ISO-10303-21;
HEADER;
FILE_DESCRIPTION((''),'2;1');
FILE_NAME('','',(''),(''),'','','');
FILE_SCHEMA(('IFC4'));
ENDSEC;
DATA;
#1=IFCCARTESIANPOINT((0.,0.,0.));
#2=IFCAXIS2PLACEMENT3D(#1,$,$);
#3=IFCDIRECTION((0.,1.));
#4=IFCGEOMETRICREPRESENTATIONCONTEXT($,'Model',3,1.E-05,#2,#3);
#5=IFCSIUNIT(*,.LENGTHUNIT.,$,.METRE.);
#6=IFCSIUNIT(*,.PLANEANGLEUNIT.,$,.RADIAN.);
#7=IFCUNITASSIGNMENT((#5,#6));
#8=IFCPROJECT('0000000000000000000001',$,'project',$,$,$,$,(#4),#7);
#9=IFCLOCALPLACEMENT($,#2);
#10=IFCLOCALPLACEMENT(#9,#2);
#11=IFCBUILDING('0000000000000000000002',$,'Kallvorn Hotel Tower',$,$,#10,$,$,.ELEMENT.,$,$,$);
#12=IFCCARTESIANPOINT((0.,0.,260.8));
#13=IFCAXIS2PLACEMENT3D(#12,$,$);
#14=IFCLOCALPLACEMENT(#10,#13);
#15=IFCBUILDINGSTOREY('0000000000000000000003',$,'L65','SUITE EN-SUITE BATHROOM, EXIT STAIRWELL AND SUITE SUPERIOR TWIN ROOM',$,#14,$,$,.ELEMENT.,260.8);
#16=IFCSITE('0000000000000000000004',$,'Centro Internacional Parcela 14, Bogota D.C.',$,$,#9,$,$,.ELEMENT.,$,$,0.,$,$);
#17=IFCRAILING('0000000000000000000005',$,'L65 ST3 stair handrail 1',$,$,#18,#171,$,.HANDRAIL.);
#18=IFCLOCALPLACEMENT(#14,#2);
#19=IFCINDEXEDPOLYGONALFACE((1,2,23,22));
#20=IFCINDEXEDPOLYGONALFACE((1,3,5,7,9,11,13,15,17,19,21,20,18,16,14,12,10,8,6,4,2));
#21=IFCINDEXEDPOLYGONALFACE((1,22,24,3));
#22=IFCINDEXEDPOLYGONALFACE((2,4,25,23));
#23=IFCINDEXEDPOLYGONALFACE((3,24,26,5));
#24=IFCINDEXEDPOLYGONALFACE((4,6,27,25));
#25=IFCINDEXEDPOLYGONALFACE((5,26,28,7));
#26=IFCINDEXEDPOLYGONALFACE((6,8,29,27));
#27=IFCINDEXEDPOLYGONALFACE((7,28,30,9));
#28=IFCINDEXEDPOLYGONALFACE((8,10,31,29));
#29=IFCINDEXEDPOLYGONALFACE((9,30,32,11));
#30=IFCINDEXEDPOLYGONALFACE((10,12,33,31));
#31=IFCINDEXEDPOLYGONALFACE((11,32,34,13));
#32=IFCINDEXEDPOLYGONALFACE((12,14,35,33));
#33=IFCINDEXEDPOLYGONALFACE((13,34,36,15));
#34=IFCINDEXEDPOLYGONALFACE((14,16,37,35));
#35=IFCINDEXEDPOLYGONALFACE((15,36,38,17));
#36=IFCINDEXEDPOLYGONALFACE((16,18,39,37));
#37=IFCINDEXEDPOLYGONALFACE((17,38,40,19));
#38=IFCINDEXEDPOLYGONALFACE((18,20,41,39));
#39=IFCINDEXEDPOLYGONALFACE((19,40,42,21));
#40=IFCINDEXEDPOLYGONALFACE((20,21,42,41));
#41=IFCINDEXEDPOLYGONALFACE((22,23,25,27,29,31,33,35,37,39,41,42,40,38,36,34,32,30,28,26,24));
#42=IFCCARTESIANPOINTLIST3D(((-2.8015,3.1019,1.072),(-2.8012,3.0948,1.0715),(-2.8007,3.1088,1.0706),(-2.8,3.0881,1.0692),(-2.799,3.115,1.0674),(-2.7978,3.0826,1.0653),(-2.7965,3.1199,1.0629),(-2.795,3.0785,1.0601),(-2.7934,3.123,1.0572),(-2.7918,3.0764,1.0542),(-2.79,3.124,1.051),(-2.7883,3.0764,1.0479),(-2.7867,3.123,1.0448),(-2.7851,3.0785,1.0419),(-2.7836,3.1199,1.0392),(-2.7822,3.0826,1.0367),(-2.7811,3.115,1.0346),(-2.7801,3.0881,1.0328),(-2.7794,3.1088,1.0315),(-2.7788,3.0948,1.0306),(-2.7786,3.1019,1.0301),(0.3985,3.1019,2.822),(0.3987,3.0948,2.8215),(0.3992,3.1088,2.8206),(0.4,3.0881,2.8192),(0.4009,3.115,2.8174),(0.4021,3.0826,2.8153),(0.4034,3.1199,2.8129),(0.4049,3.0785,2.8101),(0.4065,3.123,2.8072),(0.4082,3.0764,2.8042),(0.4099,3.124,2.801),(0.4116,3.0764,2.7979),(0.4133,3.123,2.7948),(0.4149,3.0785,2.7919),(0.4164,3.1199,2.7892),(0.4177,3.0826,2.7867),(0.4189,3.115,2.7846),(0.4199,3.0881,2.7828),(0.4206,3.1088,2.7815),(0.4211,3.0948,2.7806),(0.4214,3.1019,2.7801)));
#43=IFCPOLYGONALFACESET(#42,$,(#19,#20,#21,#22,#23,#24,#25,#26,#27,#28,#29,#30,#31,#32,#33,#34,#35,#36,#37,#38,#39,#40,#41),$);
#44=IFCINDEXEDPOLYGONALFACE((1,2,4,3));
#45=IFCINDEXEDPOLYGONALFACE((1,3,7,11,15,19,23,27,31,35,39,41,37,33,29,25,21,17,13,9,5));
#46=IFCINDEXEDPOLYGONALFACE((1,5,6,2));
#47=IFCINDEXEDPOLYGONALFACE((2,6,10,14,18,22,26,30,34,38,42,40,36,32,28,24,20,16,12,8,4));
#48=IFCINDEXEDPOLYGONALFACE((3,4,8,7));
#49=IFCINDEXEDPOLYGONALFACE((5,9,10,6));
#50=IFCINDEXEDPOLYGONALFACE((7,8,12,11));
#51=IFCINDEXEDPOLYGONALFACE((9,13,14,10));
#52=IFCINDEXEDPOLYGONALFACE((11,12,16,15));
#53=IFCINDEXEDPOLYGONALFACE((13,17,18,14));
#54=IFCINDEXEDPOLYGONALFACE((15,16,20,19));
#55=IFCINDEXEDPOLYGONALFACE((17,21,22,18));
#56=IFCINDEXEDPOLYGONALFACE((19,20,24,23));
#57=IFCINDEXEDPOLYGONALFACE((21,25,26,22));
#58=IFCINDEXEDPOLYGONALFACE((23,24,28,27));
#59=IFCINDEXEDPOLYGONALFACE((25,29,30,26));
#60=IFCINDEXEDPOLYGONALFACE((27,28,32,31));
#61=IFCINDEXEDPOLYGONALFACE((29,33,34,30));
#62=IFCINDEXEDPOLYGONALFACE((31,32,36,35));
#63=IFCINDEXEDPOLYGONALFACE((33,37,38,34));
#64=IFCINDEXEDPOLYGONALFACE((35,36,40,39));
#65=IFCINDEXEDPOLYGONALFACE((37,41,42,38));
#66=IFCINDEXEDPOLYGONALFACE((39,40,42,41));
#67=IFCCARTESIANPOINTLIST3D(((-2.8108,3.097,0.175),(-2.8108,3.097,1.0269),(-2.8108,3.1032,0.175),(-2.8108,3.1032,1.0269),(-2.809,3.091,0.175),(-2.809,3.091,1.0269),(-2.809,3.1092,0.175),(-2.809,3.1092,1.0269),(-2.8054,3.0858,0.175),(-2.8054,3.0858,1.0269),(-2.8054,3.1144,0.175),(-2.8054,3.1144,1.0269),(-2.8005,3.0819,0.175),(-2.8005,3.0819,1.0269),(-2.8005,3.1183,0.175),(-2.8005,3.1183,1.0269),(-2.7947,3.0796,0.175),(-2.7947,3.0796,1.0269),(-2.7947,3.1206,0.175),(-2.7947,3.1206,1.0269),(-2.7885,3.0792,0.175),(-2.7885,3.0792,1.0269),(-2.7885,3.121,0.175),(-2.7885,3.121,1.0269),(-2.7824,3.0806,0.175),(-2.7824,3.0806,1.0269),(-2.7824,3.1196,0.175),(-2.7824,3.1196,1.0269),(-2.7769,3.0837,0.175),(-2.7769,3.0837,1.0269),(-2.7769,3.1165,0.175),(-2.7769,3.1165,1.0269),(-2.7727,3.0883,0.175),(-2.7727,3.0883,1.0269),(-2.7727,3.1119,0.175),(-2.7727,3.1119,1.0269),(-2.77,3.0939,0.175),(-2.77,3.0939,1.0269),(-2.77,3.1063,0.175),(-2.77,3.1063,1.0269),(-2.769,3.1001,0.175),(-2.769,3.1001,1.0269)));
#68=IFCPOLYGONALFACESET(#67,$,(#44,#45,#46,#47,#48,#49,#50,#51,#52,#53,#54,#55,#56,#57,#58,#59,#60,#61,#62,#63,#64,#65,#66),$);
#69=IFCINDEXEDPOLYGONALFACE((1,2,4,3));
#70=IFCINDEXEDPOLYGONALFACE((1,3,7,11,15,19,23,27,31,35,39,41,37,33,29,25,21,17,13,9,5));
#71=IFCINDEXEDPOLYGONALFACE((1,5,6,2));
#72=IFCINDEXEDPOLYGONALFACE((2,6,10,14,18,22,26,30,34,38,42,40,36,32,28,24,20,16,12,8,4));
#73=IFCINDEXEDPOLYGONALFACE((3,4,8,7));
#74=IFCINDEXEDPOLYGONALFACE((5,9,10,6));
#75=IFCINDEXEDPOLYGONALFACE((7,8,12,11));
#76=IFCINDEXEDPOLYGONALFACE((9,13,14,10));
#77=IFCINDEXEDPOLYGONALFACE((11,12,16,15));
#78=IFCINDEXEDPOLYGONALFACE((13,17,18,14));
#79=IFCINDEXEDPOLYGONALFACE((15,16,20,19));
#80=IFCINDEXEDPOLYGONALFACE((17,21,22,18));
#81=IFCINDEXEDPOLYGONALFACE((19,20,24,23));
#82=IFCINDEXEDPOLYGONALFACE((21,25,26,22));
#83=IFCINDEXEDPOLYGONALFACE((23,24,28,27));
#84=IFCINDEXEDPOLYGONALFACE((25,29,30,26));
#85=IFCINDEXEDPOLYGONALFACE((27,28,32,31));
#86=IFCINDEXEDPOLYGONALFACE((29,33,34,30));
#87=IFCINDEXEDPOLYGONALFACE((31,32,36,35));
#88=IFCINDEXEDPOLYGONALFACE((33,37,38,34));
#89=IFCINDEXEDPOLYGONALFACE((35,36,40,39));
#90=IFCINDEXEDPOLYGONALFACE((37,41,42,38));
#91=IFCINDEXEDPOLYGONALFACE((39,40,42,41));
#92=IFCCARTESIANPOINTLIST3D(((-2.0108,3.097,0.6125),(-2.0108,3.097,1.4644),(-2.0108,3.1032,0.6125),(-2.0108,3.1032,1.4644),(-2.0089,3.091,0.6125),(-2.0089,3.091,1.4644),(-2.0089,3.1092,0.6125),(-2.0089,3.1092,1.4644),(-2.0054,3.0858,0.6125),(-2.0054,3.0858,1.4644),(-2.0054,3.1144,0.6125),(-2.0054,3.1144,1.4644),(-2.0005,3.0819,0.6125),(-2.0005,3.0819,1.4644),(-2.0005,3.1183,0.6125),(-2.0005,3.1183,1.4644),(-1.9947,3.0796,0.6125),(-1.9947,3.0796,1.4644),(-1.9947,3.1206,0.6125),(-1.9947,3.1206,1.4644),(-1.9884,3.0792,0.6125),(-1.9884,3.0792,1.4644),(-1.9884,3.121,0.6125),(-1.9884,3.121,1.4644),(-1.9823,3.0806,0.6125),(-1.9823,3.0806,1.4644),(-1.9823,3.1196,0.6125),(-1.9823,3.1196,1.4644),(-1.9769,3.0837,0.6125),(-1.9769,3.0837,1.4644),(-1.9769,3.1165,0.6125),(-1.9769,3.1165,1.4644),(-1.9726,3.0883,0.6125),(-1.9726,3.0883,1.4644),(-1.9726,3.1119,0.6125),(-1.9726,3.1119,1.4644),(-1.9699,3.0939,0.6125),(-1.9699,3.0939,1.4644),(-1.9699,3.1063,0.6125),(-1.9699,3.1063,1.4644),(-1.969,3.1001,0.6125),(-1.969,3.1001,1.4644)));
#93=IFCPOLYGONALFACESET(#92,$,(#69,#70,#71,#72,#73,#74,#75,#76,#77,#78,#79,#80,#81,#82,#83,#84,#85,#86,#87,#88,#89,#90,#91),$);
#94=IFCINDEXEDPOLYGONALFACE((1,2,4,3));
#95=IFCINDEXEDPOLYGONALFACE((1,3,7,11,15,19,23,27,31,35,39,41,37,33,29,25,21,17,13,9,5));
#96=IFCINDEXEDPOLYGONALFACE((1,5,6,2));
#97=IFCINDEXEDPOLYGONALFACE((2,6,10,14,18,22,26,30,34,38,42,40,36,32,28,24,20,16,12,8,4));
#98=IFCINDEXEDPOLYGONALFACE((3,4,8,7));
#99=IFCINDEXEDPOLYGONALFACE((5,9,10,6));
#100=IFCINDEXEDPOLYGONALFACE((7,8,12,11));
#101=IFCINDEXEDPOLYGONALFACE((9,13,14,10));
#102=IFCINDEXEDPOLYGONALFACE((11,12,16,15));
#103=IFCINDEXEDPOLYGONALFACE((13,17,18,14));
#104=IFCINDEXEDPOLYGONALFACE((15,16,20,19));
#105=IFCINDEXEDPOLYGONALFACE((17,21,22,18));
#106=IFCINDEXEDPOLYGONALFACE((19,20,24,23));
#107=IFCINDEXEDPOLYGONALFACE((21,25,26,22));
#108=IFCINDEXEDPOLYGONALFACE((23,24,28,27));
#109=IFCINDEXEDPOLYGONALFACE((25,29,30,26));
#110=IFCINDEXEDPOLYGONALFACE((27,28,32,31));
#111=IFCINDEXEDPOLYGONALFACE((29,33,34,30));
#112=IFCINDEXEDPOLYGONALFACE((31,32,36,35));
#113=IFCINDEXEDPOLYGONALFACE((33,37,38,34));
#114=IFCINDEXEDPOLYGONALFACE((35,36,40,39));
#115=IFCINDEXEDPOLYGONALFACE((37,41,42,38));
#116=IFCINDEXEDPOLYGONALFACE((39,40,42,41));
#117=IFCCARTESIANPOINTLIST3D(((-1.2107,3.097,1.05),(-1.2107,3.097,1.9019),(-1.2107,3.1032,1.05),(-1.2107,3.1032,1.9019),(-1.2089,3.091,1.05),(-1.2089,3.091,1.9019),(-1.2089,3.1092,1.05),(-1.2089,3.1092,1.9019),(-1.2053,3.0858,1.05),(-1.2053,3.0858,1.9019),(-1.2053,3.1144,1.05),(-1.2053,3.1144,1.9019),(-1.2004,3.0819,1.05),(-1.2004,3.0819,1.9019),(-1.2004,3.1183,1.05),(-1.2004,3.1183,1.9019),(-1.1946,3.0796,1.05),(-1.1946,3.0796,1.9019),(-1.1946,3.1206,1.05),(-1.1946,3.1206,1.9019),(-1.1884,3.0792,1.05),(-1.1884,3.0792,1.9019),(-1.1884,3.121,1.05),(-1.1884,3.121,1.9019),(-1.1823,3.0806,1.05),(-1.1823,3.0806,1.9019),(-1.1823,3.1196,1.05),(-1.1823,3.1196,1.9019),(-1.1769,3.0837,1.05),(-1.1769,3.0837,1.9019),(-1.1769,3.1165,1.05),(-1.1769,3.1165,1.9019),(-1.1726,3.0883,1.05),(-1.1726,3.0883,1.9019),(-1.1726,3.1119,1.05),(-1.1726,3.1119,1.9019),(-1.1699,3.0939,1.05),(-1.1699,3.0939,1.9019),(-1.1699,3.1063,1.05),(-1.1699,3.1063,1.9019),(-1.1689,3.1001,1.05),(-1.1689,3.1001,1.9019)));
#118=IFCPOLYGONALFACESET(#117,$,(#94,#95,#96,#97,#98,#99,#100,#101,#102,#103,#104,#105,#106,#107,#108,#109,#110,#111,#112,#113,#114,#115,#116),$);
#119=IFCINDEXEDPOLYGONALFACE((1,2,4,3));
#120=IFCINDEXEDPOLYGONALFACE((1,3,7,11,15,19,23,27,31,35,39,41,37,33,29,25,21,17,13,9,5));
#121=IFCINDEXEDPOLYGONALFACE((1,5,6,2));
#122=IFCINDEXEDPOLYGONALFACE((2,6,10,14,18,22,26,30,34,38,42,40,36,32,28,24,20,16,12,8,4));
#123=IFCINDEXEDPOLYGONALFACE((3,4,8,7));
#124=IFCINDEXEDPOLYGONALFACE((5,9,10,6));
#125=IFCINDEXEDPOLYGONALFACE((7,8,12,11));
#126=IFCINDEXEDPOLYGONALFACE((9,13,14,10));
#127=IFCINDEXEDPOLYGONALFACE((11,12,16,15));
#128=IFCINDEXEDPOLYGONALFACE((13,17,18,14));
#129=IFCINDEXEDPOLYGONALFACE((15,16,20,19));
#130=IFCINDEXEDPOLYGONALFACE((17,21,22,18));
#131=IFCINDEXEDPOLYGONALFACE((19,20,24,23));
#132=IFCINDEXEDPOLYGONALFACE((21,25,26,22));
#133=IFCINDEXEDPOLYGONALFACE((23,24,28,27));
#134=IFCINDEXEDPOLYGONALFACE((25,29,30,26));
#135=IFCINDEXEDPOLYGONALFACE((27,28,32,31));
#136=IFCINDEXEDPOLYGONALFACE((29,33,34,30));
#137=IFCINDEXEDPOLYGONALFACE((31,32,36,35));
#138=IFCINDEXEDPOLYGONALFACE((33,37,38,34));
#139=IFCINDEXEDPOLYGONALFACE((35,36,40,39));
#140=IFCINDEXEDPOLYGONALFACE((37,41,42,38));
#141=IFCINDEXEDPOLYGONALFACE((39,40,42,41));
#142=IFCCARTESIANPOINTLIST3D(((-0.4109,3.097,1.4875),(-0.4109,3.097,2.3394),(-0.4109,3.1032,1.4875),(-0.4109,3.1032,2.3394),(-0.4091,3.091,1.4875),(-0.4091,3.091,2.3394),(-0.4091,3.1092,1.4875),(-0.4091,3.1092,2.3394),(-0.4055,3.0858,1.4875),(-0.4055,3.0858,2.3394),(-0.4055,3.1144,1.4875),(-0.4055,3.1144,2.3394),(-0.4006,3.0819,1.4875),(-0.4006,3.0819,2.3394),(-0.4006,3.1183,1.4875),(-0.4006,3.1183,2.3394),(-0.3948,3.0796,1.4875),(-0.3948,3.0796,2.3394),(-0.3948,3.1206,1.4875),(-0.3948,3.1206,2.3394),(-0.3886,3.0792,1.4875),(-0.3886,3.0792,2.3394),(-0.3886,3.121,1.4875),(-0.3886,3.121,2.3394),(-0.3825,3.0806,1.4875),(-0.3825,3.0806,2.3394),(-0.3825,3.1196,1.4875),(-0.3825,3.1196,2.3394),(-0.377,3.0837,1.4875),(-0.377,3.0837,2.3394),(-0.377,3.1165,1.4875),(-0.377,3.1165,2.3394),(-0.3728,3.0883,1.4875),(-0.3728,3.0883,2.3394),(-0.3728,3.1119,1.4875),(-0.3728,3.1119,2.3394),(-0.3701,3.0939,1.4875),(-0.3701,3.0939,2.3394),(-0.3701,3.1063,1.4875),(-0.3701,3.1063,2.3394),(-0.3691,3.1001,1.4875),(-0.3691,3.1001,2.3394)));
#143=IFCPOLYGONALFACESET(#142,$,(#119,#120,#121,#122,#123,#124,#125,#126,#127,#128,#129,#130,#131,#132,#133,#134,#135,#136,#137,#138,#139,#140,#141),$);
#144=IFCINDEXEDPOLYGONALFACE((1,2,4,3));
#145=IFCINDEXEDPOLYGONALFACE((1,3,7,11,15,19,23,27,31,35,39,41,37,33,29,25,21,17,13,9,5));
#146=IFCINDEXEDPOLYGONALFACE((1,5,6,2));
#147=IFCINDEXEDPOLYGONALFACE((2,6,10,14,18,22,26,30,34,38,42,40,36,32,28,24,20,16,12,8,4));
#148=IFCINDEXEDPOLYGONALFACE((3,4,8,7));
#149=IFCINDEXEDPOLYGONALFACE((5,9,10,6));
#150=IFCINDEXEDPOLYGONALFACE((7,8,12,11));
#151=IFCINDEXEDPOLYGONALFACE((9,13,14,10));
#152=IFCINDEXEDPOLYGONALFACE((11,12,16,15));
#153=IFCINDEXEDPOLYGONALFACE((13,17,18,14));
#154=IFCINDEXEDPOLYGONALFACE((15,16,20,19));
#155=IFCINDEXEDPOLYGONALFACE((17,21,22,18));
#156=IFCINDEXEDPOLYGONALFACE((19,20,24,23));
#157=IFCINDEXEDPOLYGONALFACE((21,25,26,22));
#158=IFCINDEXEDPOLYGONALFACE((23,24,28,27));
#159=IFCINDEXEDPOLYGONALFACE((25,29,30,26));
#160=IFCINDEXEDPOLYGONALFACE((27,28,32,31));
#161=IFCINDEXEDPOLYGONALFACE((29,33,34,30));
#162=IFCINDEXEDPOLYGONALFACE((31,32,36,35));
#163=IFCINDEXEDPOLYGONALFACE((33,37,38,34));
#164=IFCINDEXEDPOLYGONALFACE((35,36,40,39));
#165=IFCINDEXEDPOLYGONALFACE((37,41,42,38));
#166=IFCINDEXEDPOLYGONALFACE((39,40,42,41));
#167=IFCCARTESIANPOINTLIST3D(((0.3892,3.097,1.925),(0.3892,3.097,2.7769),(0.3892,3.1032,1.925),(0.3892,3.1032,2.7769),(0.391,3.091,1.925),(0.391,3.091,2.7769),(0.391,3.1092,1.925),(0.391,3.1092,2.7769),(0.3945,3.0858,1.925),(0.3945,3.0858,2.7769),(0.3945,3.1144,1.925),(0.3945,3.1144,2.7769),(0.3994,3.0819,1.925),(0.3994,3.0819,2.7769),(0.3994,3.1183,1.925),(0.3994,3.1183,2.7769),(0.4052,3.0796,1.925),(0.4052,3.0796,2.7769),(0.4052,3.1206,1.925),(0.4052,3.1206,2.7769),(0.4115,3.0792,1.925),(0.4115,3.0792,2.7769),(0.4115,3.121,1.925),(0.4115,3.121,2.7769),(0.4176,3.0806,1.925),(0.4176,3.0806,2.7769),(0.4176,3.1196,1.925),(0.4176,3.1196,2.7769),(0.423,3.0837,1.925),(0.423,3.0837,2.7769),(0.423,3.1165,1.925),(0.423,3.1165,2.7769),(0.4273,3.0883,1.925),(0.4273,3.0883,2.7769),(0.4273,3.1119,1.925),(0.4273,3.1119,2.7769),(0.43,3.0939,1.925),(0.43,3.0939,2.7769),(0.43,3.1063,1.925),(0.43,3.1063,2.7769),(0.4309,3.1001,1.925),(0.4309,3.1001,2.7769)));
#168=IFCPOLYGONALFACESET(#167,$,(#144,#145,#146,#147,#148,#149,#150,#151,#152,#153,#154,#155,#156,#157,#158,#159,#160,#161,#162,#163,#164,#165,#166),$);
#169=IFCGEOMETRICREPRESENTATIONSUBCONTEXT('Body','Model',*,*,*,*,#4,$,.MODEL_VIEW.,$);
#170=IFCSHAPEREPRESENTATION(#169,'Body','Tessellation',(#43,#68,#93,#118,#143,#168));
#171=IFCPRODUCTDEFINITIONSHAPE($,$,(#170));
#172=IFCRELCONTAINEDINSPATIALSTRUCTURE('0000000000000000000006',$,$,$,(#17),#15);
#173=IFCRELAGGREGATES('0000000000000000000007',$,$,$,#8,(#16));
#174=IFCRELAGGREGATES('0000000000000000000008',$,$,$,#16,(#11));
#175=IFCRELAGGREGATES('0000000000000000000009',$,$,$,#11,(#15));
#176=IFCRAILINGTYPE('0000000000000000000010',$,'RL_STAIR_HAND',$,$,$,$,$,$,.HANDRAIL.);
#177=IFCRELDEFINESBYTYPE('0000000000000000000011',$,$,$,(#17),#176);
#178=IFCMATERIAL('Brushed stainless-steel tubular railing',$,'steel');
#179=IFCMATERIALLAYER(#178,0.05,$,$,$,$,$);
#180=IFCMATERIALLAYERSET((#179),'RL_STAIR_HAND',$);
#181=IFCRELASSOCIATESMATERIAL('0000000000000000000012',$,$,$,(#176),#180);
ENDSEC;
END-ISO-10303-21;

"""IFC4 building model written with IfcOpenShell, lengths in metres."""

from ifc_helpers import new_model, si_unit, direction, frame, origin, origin_2d, place, context, subcontext, project, spatial, circle, extrude, material, layer, layer_set, type_object, element, save


model = new_model("IFC4")

# Units and contexts
model_context = context("Model", 3, precision=1e-05, world=origin(), true_north=direction((0.0, 1.0)))
body_context = subcontext(model_context, "Body", "Model", "MODEL_VIEW")
ifc_project = project(units=[si_unit("LENGTHUNIT", "METRE"), si_unit("PLANEANGLEUNIT", "RADIAN")], contexts=[model_context])

# Site, building, storey
site_placement = place(None, origin())
site = spatial("IfcSite", under=ifc_project, at=site_placement, Name="Centro Internacional Parcela 14, Bogota D.C.", CompositionType="ELEMENT", RefElevation=0.0)
building_placement = place(site_placement, origin())
building = spatial("IfcBuilding", under=site, at=building_placement, Name="Kallvorn Hotel Tower", CompositionType="ELEMENT")
storey_placement = place(building_placement, frame((0.0, 0.0, 260.8)))
storey = spatial("IfcBuildingStorey", under=building, at=storey_placement, Name="L65", Description="SUITE EN-SUITE BATHROOM, EXIT STAIRWELL AND SUITE SUPERIOR TWIN ROOM", CompositionType="ELEMENT", Elevation=260.8)

# Railing
ifc_material_1 = material(Name="Brushed stainless-steel tubular railing", Category="steel")
ifc_layer_1 = layer(ifc_material_1, 0.05)
ifc_layer_set_1 = layer_set([ifc_layer_1], Name="RL_STAIR_HAND")
railing_type_1 = type_object("IfcRailingType", Name="RL_STAIR_HAND", PredefinedType="HANDRAIL", material=ifc_layer_set_1)
railing_1_placement = place(storey_placement, frame((-2.79, 3.1001, 0.175)))
element("IfcRailing", 1, at=railing_1_placement, inside=storey, type_object=railing_type_1, Name="L65 ST3 stair handrail 1", PredefinedType="HANDRAIL", context=body_context, shape_type="SweptSolid", body=[
    extrude(circle(Radius=0.0239, at=origin_2d()), frame((0.0, 0.0, 0.876), z_axis=(0.877368, 0.0, 0.479818), x_axis=(0.0, 1.0, 0.0)), (0.0, 0.0, 1.0), 3.6472),
    extrude(circle(Radius=0.021, at=origin_2d()), origin(), (0.0, 0.0, 1.0), 0.8518),
    extrude(circle(Radius=0.021, at=origin_2d()), frame((0.8, 0.0, 0.4375)), (0.0, 0.0, 1.0), 0.8518),
    extrude(circle(Radius=0.021, at=origin_2d()), frame((1.6001, 0.0, 0.875)), (0.0, 0.0, 1.0), 0.8518),
    extrude(circle(Radius=0.021, at=origin_2d()), frame((2.3999, 0.0, 1.3125)), (0.0, 0.0, 1.0), 0.8518),
    extrude(circle(Radius=0.021, at=origin_2d()), frame((3.2, 0.0, 1.75)), (0.0, 0.0, 1.0), 0.8518),
])

save(model, "model.ifc")
